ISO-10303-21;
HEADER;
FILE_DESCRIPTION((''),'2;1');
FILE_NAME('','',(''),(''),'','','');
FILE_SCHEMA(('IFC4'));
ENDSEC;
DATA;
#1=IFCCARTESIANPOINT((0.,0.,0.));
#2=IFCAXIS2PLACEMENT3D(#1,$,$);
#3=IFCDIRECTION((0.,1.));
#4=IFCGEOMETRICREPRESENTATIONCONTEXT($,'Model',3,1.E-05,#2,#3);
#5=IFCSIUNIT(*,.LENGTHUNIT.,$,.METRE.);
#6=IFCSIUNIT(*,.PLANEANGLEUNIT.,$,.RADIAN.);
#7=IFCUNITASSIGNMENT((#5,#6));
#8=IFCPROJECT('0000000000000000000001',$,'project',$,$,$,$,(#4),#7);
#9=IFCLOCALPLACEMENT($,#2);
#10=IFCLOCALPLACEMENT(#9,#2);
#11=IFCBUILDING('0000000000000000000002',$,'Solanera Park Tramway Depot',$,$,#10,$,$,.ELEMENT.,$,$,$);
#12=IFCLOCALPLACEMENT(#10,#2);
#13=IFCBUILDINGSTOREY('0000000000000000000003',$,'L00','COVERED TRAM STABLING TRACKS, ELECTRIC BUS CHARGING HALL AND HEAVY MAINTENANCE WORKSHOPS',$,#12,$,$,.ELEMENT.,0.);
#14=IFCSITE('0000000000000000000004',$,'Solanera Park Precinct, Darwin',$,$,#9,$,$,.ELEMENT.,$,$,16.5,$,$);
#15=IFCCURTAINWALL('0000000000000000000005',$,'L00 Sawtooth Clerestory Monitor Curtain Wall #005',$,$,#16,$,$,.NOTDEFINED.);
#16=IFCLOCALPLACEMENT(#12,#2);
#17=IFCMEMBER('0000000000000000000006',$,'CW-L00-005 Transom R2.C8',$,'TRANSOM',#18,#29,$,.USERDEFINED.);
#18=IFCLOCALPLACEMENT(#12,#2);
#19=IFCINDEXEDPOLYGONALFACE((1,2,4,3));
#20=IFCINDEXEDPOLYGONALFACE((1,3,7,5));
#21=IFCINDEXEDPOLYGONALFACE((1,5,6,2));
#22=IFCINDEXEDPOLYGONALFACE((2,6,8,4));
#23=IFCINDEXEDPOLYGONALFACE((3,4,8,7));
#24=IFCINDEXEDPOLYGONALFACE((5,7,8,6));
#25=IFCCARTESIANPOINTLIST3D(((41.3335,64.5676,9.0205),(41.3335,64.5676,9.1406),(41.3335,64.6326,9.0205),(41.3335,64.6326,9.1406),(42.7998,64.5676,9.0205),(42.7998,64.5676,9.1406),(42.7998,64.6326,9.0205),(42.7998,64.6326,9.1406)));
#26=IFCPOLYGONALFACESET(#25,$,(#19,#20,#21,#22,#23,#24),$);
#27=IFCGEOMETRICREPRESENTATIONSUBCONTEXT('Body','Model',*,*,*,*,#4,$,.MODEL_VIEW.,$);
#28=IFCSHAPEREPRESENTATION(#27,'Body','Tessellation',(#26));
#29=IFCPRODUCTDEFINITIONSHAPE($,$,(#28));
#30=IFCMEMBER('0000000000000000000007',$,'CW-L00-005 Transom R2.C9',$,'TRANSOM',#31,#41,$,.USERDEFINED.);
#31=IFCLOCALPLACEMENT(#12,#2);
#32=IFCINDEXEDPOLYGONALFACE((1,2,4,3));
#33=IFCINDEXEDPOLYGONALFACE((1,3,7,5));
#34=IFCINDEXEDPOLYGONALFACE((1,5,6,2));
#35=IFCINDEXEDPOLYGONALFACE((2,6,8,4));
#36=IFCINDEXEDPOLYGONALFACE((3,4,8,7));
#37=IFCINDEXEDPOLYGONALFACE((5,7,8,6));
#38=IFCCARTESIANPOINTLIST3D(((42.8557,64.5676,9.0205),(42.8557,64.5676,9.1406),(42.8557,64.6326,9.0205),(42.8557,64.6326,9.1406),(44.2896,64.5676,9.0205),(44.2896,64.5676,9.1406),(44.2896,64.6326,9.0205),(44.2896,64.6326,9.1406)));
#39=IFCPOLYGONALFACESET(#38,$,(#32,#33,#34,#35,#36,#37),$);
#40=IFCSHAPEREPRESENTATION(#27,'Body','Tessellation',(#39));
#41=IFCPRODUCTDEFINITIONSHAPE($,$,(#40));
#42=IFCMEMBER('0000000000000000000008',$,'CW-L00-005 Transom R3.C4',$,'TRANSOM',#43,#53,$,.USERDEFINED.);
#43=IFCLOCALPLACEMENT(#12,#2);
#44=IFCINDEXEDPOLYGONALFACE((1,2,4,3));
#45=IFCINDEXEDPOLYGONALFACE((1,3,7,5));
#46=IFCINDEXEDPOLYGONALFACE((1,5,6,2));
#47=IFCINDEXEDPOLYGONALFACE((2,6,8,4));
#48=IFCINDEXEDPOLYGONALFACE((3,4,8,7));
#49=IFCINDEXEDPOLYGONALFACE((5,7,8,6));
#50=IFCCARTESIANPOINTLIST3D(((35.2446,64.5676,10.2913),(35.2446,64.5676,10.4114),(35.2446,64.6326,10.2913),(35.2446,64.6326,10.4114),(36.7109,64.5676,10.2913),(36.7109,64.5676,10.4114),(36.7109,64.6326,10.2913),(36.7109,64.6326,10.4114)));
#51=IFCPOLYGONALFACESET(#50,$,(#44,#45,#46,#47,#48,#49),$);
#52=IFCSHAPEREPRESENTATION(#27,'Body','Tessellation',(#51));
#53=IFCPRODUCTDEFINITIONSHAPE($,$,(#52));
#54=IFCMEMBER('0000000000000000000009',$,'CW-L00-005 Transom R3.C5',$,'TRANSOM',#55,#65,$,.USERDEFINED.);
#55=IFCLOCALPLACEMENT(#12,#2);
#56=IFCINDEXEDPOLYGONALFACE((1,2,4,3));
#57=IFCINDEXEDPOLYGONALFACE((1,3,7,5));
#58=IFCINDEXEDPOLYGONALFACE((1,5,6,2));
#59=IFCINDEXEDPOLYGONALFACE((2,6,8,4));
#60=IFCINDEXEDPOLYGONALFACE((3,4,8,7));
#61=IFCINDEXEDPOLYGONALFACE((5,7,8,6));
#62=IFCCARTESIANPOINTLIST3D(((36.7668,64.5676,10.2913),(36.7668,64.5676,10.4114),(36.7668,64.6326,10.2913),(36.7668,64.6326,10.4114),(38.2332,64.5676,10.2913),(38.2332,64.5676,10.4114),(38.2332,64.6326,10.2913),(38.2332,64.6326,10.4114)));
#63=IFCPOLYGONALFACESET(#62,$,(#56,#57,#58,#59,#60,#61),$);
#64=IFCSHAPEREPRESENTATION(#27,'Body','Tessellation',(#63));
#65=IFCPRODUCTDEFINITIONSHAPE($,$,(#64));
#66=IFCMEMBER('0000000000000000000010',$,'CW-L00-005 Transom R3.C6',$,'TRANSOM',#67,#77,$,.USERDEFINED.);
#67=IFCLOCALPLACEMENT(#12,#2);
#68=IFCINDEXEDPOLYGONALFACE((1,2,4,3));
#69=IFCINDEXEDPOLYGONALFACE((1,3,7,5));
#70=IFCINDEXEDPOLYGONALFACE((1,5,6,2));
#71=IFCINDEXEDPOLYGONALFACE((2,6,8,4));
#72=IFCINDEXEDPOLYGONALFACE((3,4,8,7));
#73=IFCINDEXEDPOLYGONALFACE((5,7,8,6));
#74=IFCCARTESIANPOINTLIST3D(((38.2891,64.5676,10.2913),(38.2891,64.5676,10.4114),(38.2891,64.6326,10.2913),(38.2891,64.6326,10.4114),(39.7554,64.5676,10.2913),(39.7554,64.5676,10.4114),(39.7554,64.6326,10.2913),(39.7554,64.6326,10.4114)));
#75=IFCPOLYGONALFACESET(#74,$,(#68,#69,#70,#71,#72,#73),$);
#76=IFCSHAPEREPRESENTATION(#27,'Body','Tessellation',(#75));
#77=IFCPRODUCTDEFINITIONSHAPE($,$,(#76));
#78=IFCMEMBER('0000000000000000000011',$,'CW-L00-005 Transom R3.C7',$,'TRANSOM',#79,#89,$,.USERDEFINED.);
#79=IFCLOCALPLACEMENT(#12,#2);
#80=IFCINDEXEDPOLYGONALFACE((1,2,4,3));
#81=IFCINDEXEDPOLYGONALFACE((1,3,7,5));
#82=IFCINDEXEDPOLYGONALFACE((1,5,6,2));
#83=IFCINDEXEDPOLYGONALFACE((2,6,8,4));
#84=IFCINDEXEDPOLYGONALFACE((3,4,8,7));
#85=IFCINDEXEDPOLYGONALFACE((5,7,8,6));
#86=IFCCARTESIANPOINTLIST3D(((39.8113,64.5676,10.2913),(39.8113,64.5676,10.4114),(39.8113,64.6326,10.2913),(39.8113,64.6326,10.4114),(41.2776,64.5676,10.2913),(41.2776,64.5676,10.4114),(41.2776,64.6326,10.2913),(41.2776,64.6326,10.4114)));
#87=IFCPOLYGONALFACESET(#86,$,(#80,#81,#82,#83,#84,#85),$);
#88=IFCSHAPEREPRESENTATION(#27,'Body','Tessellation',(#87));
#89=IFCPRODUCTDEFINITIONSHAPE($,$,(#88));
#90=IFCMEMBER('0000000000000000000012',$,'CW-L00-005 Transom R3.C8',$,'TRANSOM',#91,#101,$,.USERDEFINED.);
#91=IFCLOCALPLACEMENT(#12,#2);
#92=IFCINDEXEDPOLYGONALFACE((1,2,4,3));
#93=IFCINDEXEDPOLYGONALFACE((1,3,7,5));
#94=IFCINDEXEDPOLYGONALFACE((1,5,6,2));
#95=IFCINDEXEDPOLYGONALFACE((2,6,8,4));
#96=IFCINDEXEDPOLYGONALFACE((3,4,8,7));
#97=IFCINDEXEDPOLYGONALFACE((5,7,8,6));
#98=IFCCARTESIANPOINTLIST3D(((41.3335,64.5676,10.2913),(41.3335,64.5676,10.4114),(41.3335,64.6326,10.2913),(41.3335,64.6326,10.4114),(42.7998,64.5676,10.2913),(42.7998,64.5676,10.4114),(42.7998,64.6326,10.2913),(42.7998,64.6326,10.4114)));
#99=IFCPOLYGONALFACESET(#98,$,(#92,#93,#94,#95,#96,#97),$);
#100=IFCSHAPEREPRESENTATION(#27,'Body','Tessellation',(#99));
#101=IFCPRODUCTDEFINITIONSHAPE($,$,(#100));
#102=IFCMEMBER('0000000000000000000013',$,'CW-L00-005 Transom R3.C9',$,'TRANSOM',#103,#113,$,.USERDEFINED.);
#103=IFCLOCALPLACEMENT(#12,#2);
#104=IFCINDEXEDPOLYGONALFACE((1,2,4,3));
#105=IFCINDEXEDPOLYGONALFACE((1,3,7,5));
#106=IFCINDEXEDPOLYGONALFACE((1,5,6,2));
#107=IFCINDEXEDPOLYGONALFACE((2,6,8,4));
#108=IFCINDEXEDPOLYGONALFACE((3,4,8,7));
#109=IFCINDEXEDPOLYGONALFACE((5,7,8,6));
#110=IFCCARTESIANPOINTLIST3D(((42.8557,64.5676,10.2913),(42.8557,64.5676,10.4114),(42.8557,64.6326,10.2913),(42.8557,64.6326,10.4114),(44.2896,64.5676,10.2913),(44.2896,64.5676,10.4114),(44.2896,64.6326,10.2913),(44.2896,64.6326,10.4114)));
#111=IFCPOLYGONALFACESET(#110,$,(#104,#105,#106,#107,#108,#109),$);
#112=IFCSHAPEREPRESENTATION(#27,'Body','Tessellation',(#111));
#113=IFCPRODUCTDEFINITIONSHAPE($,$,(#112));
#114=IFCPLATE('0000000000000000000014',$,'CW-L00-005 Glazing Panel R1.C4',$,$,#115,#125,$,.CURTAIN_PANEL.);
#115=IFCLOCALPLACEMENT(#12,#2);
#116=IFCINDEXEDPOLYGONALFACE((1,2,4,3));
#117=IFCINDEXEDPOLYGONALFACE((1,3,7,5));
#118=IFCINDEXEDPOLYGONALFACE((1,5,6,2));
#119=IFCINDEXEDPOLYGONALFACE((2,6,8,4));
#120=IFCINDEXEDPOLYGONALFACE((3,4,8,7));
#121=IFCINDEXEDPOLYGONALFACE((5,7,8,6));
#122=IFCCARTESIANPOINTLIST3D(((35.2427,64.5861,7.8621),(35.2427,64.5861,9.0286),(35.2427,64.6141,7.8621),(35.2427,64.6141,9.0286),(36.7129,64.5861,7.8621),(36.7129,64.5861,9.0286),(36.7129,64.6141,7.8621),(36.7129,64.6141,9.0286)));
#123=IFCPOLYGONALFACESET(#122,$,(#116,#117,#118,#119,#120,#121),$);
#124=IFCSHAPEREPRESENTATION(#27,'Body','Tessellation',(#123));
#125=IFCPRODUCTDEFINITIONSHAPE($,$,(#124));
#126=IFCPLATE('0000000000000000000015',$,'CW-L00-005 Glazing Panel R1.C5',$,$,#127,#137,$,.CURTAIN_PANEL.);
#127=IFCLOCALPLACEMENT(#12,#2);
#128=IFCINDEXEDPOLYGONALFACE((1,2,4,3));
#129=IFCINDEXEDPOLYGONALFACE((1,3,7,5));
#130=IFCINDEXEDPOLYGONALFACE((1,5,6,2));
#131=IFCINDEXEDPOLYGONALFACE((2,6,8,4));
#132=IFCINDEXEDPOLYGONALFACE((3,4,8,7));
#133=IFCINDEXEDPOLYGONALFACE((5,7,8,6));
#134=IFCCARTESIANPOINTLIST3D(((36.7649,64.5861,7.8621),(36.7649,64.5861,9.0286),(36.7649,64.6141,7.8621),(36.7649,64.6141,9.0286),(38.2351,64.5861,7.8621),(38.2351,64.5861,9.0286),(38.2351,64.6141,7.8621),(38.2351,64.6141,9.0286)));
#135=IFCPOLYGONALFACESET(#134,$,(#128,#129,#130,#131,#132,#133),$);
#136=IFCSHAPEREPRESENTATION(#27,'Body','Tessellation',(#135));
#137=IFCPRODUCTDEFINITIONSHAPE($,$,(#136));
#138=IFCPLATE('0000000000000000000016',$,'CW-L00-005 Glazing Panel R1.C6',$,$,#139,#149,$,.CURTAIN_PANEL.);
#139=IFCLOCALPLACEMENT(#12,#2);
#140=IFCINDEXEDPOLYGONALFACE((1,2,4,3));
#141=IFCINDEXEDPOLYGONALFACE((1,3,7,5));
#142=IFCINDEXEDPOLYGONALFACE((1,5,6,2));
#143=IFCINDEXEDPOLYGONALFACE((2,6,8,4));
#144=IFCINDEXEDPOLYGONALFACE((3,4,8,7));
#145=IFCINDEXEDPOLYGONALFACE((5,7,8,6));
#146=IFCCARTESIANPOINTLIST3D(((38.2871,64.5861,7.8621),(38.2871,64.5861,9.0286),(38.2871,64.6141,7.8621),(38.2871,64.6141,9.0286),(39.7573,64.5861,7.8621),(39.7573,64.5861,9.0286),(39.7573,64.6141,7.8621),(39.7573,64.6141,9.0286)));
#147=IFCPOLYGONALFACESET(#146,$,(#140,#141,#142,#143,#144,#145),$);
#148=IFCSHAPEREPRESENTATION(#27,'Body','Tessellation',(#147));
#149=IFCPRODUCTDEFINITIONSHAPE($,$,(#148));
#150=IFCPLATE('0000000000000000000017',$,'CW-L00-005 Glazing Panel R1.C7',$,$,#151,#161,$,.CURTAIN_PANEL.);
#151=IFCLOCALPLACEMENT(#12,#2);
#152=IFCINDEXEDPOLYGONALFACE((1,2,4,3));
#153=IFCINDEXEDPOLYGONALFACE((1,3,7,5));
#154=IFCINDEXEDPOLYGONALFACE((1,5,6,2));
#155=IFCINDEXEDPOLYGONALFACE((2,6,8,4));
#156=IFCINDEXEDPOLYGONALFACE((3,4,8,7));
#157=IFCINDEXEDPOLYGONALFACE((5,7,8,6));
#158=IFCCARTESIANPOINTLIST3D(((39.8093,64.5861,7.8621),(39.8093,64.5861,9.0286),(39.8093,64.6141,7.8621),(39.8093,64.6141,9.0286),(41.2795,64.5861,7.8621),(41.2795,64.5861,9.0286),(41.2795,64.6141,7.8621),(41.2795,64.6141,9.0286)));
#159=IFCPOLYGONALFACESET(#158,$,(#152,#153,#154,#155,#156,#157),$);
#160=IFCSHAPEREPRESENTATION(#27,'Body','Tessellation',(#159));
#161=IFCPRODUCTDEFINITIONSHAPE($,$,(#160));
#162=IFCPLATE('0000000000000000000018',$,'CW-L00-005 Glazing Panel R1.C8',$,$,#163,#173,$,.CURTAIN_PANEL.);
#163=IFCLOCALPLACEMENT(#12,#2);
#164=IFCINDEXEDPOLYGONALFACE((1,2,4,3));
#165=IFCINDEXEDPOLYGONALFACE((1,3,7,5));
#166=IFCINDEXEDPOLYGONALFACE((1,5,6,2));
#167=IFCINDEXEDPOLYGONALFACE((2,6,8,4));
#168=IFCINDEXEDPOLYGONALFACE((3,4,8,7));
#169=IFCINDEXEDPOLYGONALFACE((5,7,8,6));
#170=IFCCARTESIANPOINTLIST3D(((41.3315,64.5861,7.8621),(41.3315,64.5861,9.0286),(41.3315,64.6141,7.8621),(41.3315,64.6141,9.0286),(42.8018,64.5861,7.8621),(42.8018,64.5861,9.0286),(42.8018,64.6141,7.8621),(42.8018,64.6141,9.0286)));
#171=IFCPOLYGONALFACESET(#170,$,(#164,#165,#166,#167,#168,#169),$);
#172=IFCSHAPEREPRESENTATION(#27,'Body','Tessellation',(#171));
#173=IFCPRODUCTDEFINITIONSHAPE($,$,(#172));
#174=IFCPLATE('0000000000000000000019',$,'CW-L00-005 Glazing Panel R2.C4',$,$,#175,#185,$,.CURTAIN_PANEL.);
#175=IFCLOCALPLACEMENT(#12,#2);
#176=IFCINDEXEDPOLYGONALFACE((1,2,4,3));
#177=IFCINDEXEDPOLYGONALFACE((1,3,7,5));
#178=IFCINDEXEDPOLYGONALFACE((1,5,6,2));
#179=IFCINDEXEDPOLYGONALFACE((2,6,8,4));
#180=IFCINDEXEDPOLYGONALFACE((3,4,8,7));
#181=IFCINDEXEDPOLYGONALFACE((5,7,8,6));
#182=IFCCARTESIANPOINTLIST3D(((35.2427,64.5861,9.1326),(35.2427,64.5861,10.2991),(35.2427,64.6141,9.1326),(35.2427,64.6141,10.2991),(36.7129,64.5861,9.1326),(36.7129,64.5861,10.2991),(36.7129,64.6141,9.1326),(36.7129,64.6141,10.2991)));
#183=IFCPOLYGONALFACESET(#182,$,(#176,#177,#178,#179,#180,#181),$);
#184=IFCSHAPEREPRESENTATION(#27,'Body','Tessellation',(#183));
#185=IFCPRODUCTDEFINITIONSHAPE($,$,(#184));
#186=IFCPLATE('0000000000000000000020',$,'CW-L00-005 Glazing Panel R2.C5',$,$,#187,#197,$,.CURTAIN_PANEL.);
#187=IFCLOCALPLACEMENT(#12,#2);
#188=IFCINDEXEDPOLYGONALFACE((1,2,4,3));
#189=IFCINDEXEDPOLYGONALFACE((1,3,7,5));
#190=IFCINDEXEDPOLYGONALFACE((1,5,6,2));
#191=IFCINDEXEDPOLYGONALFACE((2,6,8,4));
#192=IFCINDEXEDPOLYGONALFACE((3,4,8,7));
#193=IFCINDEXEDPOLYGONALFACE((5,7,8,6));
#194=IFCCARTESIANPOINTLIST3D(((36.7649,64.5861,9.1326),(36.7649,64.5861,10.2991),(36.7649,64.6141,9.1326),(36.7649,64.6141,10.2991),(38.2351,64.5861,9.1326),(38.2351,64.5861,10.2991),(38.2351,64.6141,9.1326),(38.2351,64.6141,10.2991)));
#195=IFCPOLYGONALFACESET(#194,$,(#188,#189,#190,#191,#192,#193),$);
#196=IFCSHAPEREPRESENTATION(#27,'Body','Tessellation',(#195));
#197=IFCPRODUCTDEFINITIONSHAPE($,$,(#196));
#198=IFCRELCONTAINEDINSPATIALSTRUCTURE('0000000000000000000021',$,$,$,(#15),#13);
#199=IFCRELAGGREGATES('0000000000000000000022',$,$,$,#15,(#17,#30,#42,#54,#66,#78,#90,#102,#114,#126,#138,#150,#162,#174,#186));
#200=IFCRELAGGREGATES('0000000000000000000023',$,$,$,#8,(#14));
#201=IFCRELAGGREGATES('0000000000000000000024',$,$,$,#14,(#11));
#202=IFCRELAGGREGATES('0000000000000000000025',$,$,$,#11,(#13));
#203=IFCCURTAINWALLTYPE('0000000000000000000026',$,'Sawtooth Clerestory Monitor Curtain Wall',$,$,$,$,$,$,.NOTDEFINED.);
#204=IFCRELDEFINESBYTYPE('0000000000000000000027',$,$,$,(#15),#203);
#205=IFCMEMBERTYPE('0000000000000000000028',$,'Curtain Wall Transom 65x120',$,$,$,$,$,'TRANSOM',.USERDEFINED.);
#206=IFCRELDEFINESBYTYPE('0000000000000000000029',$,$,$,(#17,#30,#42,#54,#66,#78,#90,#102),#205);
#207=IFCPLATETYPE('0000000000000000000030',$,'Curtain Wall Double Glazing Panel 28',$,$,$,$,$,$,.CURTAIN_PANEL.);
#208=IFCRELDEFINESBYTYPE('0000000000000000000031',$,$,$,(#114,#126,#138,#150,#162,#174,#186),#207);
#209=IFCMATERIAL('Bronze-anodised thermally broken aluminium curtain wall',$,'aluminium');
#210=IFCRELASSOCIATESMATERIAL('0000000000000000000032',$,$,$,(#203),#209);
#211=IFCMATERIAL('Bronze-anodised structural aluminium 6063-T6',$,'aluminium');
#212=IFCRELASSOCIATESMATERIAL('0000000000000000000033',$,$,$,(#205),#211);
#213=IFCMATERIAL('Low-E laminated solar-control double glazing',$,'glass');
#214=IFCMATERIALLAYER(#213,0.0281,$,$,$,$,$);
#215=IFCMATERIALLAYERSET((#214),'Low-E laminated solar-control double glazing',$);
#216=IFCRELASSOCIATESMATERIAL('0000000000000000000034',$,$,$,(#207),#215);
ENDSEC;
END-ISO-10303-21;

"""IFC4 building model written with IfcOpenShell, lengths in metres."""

from ifc_helpers import new_model, si_unit, direction, frame, origin, origin_2d, place, context, subcontext, project, spatial, rectangle, extrude, material, layer, layer_set, material_profile, profile_set, type_object, element, aggregate, save


model = new_model("IFC4")

# Units and contexts
model_context = context("Model", 3, precision=1e-05, world=origin(), true_north=direction((0.0, 1.0)))
body_context = subcontext(model_context, "Body", "Model", "MODEL_VIEW")
ifc_project = project(units=[si_unit("LENGTHUNIT", "METRE"), si_unit("PLANEANGLEUNIT", "RADIAN")], contexts=[model_context])

# Site, building, storey
site_placement = place(None, origin())
site = spatial("IfcSite", under=ifc_project, at=site_placement, Name="Solanera Park Precinct, Darwin", CompositionType="ELEMENT", RefElevation=16.5)
building_placement = place(site_placement, origin())
building = spatial("IfcBuilding", under=site, at=building_placement, Name="Solanera Park Tramway Depot", CompositionType="ELEMENT")
storey_placement = place(building_placement, origin())
storey = spatial("IfcBuildingStorey", under=building, at=storey_placement, Name="L00", Description="COVERED TRAM STABLING TRACKS, ELECTRIC BUS CHARGING HALL AND HEAVY MAINTENANCE WORKSHOPS", CompositionType="ELEMENT", Elevation=0.0)

# Curtain wall, members, plates
ifc_material_1 = material(Name="Bronze-anodised thermally broken aluminium curtain wall", Category="aluminium")
curtain_wall_type = type_object("IfcCurtainWallType", Name="Sawtooth Clerestory Monitor Curtain Wall", PredefinedType="NOTDEFINED", material=ifc_material_1)
curtain_wall_placement = place(storey_placement, origin())
curtain_wall = element("IfcCurtainWall", 1, at=curtain_wall_placement, inside=storey, type_object=curtain_wall_type, Name="L00 Sawtooth Clerestory Monitor Curtain Wall #005", PredefinedType="NOTDEFINED")
ifc_material_2 = material(Name="Bronze-anodised structural aluminium 6063-T6", Category="aluminium")
ifc_material_profile_1 = material_profile(ifc_material_2, rectangle(XDim=0.0649, YDim=0.1201, at=origin_2d()), Name="Curtain Wall Transom 65x120")
ifc_profile_set_1 = profile_set([ifc_material_profile_1], Name="Bronze-anodised structural aluminium 6063-T6")
member_type_1 = type_object("IfcMemberType", Name="Curtain Wall Transom 65x120", ElementType="TRANSOM", PredefinedType="USERDEFINED", material=ifc_profile_set_1)
member_1_placement = place(storey_placement, frame((41.3335, 64.6001, 9.0806), z_axis=(1.0, 0.0, 0.0), x_axis=(0.0, 1.0, 0.0)))
member_1 = element("IfcMember", 2, at=member_1_placement, type_object=member_type_1, Name="CW-L00-005 Transom R2.C8", ObjectType="TRANSOM", PredefinedType="USERDEFINED", context=body_context, shape_type="SweptSolid", body=[
    extrude(rectangle(XDim=0.0649, YDim=0.1201, at=origin_2d()), origin(), (0.0, 0.0, 1.0), 1.4663),
])
member_2_placement = place(storey_placement, frame((42.8557, 64.6001, 9.0806), z_axis=(1.0, 0.0, 0.0), x_axis=(0.0, 1.0, 0.0)))
member_2 = element("IfcMember", 3, at=member_2_placement, type_object=member_type_1, Name="CW-L00-005 Transom R2.C9", ObjectType="TRANSOM", PredefinedType="USERDEFINED", context=body_context, shape_type="SweptSolid", body=[
    extrude(rectangle(XDim=0.0649, YDim=0.1201, at=origin_2d()), origin(), (0.0, 0.0, 1.0), 1.4338),
])
member_3_placement = place(storey_placement, frame((35.2446, 64.6001, 10.3513), z_axis=(1.0, 0.0, 0.0), x_axis=(0.0, 1.0, 0.0)))
member_3 = element("IfcMember", 4, at=member_3_placement, type_object=member_type_1, Name="CW-L00-005 Transom R3.C4", ObjectType="TRANSOM", PredefinedType="USERDEFINED", context=body_context, shape_type="SweptSolid", body=[
    extrude(rectangle(XDim=0.0649, YDim=0.1201, at=origin_2d()), origin(), (0.0, 0.0, 1.0), 1.4663),
])
member_4_placement = place(storey_placement, frame((36.7668, 64.6001, 10.3513), z_axis=(1.0, 0.0, 0.0), x_axis=(0.0, 1.0, 0.0)))
member_4 = element("IfcMember", 5, at=member_4_placement, type_object=member_type_1, Name="CW-L00-005 Transom R3.C5", ObjectType="TRANSOM", PredefinedType="USERDEFINED", context=body_context, shape_type="SweptSolid", body=[
    extrude(rectangle(XDim=0.0649, YDim=0.1201, at=origin_2d()), origin(), (0.0, 0.0, 1.0), 1.4663),
])
member_5_placement = place(storey_placement, frame((38.2891, 64.6001, 10.3513), z_axis=(1.0, 0.0, 0.0), x_axis=(0.0, 1.0, 0.0)))
member_5 = element("IfcMember", 6, at=member_5_placement, type_object=member_type_1, Name="CW-L00-005 Transom R3.C6", ObjectType="TRANSOM", PredefinedType="USERDEFINED", context=body_context, shape_type="SweptSolid", body=[
    extrude(rectangle(XDim=0.0649, YDim=0.1201, at=origin_2d()), origin(), (0.0, 0.0, 1.0), 1.4663),
])
member_6_placement = place(storey_placement, frame((39.8113, 64.6001, 10.3513), z_axis=(1.0, 0.0, 0.0), x_axis=(0.0, 1.0, 0.0)))
member_6 = element("IfcMember", 7, at=member_6_placement, type_object=member_type_1, Name="CW-L00-005 Transom R3.C7", ObjectType="TRANSOM", PredefinedType="USERDEFINED", context=body_context, shape_type="SweptSolid", body=[
    extrude(rectangle(XDim=0.0649, YDim=0.1201, at=origin_2d()), origin(), (0.0, 0.0, 1.0), 1.4663),
])
member_7_placement = place(storey_placement, frame((41.3335, 64.6001, 10.3513), z_axis=(1.0, 0.0, 0.0), x_axis=(0.0, 1.0, 0.0)))
member_7 = element("IfcMember", 8, at=member_7_placement, type_object=member_type_1, Name="CW-L00-005 Transom R3.C8", ObjectType="TRANSOM", PredefinedType="USERDEFINED", context=body_context, shape_type="SweptSolid", body=[
    extrude(rectangle(XDim=0.0649, YDim=0.1201, at=origin_2d()), origin(), (0.0, 0.0, 1.0), 1.4663),
])
member_8_placement = place(storey_placement, frame((42.8557, 64.6001, 10.3513), z_axis=(1.0, 0.0, 0.0), x_axis=(0.0, 1.0, 0.0)))
member_8 = element("IfcMember", 9, at=member_8_placement, type_object=member_type_1, Name="CW-L00-005 Transom R3.C9", ObjectType="TRANSOM", PredefinedType="USERDEFINED", context=body_context, shape_type="SweptSolid", body=[
    extrude(rectangle(XDim=0.0649, YDim=0.1201, at=origin_2d()), origin(), (0.0, 0.0, 1.0), 1.4338),
])
ifc_material_3 = material(Name="Low-E laminated solar-control double glazing", Category="glass")
ifc_layer = layer(ifc_material_3, 0.0281)
ifc_layer_set = layer_set([ifc_layer], Name="Low-E laminated solar-control double glazing")
plate_type = type_object("IfcPlateType", Name="Curtain Wall Double Glazing Panel 28", PredefinedType="CURTAIN_PANEL", material=ifc_layer_set)
plate_1_placement = place(storey_placement, frame((35.9778, 64.6001, 7.8621), z_axis=(0.0, 0.0, 1.0), x_axis=(1.0, 0.0, 0.0)))
plate_1 = element("IfcPlate", 10, at=plate_1_placement, type_object=plate_type, Name="CW-L00-005 Glazing Panel R1.C4", PredefinedType="CURTAIN_PANEL", context=body_context, shape_type="SweptSolid", body=[
    extrude(rectangle(XDim=1.4702, YDim=0.0281, at=origin_2d()), origin(), (0.0, 0.0, 1.0), 1.1665),
])
plate_2_placement = place(storey_placement, frame((37.5, 64.6001, 7.8621), z_axis=(0.0, 0.0, 1.0), x_axis=(1.0, 0.0, 0.0)))
plate_2 = element("IfcPlate", 11, at=plate_2_placement, type_object=plate_type, Name="CW-L00-005 Glazing Panel R1.C5", PredefinedType="CURTAIN_PANEL", context=body_context, shape_type="SweptSolid", body=[
    extrude(rectangle(XDim=1.4702, YDim=0.0281, at=origin_2d()), origin(), (0.0, 0.0, 1.0), 1.1665),
])
plate_3_placement = place(storey_placement, frame((39.0222, 64.6001, 7.8621), z_axis=(0.0, 0.0, 1.0), x_axis=(1.0, 0.0, 0.0)))
plate_3 = element("IfcPlate", 12, at=plate_3_placement, type_object=plate_type, Name="CW-L00-005 Glazing Panel R1.C6", PredefinedType="CURTAIN_PANEL", context=body_context, shape_type="SweptSolid", body=[
    extrude(rectangle(XDim=1.4702, YDim=0.0281, at=origin_2d()), origin(), (0.0, 0.0, 1.0), 1.1665),
])
plate_4_placement = place(storey_placement, frame((40.5444, 64.6001, 7.8621), z_axis=(0.0, 0.0, 1.0), x_axis=(1.0, 0.0, 0.0)))
plate_4 = element("IfcPlate", 13, at=plate_4_placement, type_object=plate_type, Name="CW-L00-005 Glazing Panel R1.C7", PredefinedType="CURTAIN_PANEL", context=body_context, shape_type="SweptSolid", body=[
    extrude(rectangle(XDim=1.4702, YDim=0.0281, at=origin_2d()), origin(), (0.0, 0.0, 1.0), 1.1665),
])
plate_5_placement = place(storey_placement, frame((42.0667, 64.6001, 7.8621), z_axis=(0.0, 0.0, 1.0), x_axis=(1.0, 0.0, 0.0)))
plate_5 = element("IfcPlate", 14, at=plate_5_placement, type_object=plate_type, Name="CW-L00-005 Glazing Panel R1.C8", PredefinedType="CURTAIN_PANEL", context=body_context, shape_type="SweptSolid", body=[
    extrude(rectangle(XDim=1.4702, YDim=0.0281, at=origin_2d()), origin(), (0.0, 0.0, 1.0), 1.1665),
])
plate_6_placement = place(storey_placement, frame((35.9778, 64.6001, 9.1326), z_axis=(0.0, 0.0, 1.0), x_axis=(1.0, 0.0, 0.0)))
plate_6 = element("IfcPlate", 15, at=plate_6_placement, type_object=plate_type, Name="CW-L00-005 Glazing Panel R2.C4", PredefinedType="CURTAIN_PANEL", context=body_context, shape_type="SweptSolid", body=[
    extrude(rectangle(XDim=1.4702, YDim=0.0281, at=origin_2d()), origin(), (0.0, 0.0, 1.0), 1.1665),
])
plate_7_placement = place(storey_placement, frame((37.5, 64.6001, 9.1326), z_axis=(0.0, 0.0, 1.0), x_axis=(1.0, 0.0, 0.0)))
plate_7 = element("IfcPlate", 16, at=plate_7_placement, type_object=plate_type, Name="CW-L00-005 Glazing Panel R2.C5", PredefinedType="CURTAIN_PANEL", context=body_context, shape_type="SweptSolid", body=[
    extrude(rectangle(XDim=1.4702, YDim=0.0281, at=origin_2d()), origin(), (0.0, 0.0, 1.0), 1.1665),
])
aggregate(curtain_wall, [member_1, member_2, member_3, member_4, member_5, member_6, member_7, member_8, plate_1, plate_2, plate_3, plate_4, plate_5, plate_6, plate_7])

save(model, "model.ifc")
